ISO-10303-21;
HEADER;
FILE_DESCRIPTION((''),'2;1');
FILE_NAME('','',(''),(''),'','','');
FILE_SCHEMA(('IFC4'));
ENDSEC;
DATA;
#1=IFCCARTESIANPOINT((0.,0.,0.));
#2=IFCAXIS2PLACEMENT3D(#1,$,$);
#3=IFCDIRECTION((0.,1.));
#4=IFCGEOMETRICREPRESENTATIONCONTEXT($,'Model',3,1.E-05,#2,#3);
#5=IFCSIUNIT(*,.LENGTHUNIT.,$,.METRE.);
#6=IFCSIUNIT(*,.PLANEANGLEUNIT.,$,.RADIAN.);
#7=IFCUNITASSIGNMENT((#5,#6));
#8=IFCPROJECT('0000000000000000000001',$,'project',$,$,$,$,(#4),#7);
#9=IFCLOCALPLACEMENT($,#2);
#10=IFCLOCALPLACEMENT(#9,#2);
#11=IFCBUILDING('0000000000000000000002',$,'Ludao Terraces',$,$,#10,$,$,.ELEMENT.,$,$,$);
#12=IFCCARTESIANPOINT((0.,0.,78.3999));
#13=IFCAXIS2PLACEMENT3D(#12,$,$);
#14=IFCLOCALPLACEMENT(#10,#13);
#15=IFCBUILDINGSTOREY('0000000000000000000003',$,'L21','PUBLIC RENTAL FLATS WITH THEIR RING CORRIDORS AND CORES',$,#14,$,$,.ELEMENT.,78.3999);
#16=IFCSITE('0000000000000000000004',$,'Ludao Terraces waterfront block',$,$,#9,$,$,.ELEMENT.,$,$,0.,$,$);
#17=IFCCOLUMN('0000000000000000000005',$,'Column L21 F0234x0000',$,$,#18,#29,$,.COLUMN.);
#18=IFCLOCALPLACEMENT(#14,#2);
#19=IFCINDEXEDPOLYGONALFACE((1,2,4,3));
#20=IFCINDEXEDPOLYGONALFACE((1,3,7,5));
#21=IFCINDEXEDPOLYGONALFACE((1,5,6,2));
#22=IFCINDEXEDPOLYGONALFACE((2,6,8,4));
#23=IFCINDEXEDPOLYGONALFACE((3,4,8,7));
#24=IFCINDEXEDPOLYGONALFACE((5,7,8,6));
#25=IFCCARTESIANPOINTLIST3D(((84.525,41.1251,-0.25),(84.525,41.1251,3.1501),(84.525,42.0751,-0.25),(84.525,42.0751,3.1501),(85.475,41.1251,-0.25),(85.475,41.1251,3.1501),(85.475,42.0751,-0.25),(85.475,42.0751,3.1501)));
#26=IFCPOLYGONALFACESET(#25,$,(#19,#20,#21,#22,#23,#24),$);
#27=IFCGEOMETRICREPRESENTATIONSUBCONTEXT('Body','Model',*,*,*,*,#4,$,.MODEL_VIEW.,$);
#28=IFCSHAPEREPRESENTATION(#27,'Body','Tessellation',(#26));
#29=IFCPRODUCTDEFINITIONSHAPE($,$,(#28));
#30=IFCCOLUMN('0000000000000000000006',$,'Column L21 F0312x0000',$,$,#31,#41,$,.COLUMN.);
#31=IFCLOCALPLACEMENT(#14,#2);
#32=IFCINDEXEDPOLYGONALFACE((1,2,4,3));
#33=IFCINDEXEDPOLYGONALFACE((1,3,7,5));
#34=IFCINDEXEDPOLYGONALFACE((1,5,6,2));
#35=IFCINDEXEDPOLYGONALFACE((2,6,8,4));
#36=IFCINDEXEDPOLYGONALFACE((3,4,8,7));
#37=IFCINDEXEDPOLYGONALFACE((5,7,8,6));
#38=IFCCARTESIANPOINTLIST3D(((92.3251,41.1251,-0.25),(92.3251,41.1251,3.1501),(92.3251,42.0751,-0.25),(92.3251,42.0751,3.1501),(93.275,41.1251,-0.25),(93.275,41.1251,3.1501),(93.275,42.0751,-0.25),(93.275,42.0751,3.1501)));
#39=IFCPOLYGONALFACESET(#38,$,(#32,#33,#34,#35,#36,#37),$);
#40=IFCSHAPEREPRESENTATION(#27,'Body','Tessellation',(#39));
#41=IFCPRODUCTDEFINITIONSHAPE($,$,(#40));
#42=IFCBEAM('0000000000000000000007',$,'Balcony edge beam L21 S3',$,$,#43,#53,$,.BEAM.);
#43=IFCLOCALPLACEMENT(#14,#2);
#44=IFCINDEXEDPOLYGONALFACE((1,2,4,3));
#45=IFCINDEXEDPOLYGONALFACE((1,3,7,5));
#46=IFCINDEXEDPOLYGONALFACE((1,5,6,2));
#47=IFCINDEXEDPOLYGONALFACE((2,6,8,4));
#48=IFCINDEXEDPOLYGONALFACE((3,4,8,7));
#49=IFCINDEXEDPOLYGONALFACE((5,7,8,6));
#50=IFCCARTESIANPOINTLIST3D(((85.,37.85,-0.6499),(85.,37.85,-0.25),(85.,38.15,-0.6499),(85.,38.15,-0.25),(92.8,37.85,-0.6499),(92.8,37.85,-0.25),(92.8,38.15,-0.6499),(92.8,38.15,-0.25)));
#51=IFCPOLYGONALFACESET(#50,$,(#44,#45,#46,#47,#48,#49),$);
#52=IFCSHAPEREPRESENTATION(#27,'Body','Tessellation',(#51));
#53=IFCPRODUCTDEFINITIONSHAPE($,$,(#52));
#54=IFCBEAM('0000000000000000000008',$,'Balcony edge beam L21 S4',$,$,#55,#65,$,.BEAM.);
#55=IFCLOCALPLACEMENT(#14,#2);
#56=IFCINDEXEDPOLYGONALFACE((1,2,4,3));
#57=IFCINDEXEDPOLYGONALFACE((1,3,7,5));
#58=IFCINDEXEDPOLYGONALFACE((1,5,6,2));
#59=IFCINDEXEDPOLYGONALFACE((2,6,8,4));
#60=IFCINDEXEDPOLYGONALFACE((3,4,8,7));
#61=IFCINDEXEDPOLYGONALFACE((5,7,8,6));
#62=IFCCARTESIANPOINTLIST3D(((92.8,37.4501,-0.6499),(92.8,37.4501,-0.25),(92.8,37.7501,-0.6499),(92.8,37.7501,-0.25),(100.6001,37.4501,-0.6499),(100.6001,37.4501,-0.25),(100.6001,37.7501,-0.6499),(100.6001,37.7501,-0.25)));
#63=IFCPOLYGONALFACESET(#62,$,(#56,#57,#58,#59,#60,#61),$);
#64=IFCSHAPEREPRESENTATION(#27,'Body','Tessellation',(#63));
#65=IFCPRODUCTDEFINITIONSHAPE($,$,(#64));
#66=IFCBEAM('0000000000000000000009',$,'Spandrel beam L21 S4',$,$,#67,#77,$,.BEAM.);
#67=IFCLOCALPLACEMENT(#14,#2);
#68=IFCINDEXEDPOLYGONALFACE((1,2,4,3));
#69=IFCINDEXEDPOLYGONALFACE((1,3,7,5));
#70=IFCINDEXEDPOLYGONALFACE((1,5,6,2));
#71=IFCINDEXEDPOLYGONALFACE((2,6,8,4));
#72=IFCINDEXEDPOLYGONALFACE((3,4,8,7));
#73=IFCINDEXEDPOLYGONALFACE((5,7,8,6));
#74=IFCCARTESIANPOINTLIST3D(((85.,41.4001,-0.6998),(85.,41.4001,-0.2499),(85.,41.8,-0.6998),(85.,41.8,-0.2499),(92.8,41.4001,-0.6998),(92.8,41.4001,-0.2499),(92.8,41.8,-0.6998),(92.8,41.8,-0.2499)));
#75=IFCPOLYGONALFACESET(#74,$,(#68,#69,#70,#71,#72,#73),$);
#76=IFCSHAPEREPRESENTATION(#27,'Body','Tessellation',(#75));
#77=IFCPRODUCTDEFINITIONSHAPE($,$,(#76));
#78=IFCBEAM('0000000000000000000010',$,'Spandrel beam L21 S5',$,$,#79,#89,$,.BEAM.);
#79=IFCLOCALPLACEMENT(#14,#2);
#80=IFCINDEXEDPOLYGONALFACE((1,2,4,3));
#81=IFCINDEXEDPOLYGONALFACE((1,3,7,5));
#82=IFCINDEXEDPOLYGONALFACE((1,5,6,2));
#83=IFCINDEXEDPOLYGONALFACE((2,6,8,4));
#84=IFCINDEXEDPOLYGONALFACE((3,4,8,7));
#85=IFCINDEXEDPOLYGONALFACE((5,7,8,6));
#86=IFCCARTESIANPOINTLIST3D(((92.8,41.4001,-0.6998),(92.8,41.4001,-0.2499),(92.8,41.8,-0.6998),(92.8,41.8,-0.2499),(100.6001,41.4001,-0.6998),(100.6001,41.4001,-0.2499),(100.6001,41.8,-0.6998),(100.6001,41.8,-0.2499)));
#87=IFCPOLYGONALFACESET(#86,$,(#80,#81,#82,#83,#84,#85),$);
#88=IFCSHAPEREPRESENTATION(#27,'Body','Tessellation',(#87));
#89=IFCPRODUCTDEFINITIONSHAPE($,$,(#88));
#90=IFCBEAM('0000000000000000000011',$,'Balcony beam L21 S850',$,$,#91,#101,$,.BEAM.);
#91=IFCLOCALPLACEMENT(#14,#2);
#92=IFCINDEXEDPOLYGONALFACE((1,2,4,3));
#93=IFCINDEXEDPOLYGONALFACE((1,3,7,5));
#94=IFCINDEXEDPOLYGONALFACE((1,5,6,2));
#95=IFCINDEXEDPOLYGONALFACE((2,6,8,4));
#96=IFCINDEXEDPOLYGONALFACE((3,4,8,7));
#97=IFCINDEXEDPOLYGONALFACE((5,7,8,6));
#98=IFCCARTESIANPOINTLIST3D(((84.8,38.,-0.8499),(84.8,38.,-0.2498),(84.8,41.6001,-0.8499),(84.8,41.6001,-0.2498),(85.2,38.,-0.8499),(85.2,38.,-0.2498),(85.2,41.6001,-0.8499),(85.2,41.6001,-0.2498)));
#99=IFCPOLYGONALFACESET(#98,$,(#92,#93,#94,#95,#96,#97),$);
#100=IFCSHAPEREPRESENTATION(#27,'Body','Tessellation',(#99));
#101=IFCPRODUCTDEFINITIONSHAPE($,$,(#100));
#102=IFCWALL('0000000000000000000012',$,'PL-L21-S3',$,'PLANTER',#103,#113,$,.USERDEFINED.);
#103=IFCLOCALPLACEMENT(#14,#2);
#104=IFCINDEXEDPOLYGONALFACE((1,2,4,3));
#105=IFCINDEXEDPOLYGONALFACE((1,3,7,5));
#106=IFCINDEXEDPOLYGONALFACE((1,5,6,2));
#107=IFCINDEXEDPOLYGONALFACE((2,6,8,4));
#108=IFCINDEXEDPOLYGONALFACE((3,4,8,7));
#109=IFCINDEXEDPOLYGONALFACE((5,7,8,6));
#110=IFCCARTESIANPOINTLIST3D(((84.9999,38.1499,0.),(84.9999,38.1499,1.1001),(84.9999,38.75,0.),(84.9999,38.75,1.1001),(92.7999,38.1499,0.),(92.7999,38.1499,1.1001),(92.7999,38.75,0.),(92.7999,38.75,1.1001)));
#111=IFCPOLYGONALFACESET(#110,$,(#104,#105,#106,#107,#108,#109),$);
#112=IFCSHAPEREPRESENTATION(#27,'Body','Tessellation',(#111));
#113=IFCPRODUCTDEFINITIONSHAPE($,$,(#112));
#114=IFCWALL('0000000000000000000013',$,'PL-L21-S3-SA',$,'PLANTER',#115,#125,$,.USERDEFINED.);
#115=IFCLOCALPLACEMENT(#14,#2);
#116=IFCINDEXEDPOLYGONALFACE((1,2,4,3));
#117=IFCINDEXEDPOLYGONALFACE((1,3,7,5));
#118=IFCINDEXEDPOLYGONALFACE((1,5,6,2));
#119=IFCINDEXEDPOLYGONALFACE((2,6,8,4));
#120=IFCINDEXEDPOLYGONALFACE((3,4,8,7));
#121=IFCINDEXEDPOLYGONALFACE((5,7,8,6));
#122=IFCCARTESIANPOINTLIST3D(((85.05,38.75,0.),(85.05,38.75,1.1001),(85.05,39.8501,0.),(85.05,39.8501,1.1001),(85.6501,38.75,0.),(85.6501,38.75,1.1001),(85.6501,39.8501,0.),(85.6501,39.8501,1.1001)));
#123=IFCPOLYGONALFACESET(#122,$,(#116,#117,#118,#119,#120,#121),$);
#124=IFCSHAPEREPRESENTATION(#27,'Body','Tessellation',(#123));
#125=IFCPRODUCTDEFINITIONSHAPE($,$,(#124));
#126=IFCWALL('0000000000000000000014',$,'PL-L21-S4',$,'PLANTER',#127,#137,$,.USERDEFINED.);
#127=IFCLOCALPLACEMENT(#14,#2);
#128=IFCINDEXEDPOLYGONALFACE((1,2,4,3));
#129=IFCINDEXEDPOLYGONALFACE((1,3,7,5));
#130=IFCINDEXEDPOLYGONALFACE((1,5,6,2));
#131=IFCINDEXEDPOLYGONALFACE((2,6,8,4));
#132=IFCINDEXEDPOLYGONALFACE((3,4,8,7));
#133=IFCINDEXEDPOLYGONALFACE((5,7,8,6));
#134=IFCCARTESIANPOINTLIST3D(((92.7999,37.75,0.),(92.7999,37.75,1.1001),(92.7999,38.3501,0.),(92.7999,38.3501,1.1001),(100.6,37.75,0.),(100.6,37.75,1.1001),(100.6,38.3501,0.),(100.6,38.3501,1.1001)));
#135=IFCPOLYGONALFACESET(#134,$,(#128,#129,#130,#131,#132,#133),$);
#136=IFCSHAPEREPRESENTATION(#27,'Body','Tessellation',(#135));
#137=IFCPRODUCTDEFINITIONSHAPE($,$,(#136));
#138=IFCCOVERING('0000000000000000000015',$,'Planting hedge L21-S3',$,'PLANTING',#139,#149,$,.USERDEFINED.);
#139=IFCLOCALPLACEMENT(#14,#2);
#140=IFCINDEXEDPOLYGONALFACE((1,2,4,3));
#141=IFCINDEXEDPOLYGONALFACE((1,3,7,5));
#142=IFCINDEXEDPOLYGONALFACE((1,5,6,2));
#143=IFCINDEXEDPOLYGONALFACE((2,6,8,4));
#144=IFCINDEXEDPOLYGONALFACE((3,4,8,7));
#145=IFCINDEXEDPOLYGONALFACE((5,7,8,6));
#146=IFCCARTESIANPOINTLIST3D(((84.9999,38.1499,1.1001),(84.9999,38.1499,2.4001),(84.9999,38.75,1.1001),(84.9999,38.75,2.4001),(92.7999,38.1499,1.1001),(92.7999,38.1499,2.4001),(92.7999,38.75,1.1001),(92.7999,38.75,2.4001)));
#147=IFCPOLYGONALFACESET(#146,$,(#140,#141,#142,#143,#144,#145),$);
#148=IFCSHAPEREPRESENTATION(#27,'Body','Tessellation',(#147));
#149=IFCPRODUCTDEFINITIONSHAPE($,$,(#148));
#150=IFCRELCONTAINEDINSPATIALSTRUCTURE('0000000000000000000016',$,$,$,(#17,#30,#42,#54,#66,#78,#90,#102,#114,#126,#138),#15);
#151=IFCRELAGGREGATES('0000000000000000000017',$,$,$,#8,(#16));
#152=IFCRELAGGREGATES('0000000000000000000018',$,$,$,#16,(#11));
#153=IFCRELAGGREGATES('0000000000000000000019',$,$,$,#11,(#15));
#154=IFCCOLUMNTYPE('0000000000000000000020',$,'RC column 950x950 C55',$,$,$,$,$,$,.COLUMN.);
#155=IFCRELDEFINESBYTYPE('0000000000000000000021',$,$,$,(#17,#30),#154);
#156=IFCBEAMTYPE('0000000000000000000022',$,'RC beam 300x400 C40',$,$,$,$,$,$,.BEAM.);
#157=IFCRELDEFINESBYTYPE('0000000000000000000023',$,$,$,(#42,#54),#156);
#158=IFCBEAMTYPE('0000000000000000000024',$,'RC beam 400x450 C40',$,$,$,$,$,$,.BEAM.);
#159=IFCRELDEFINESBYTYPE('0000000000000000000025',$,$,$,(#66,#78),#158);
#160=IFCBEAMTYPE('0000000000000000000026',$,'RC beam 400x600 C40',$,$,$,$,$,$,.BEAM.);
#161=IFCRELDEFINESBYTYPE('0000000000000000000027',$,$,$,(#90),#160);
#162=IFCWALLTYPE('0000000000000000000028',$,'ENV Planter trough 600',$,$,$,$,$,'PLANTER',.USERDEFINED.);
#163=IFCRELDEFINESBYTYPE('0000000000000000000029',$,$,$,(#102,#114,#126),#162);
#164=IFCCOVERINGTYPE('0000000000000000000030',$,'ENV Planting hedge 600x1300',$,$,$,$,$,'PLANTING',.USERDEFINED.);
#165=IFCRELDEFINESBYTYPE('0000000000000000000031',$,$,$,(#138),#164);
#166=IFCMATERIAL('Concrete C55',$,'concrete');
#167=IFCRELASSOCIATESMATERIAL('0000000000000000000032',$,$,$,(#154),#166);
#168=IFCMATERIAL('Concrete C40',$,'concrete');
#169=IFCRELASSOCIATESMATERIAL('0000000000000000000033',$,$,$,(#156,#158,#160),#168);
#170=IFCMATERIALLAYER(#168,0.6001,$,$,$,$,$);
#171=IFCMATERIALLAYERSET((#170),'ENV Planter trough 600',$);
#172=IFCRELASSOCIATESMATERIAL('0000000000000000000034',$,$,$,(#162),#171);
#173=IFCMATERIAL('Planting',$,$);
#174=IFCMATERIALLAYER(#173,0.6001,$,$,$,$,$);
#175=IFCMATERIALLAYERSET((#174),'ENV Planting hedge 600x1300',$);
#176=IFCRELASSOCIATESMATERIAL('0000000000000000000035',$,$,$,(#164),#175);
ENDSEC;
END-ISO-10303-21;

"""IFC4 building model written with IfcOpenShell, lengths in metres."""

from ifc_helpers import new_model, si_unit, direction, frame, frame_2d, origin, origin_2d, place, context, subcontext, project, spatial, rectangle, extrude, material, layer, layer_set, material_profile, profile_set, type_object, element, save


model = new_model("IFC4")

# Units and contexts
model_context = context("Model", 3, precision=1e-05, world=origin(), true_north=direction((0.0, 1.0)))
body_context = subcontext(model_context, "Body", "Model", "MODEL_VIEW")
ifc_project = project(units=[si_unit("LENGTHUNIT", "METRE"), si_unit("PLANEANGLEUNIT", "RADIAN")], contexts=[model_context])

# Site, building, storey
site_placement = place(None, origin())
site = spatial("IfcSite", under=ifc_project, at=site_placement, Name="Ludao Terraces waterfront block", CompositionType="ELEMENT", RefElevation=0.0)
building_placement = place(site_placement, origin())
building = spatial("IfcBuilding", under=site, at=building_placement, Name="Ludao Terraces", CompositionType="ELEMENT")
storey_placement = place(building_placement, frame((0.0, 0.0, 78.3999)))
storey = spatial("IfcBuildingStorey", under=building, at=storey_placement, Name="L21", Description="PUBLIC RENTAL FLATS WITH THEIR RING CORRIDORS AND CORES", CompositionType="ELEMENT", Elevation=78.3999)

# Columns
ifc_material_1 = material(Name="Concrete C55", Category="concrete")
ifc_material_profile_1 = material_profile(ifc_material_1, rectangle(XDim=0.95, YDim=0.95, at=origin_2d()), Name="950 X 950")
ifc_profile_set_1 = profile_set([ifc_material_profile_1], Name="Concrete C55")
column_type = type_object("IfcColumnType", Name="RC column 950x950 C55", PredefinedType="COLUMN", material=ifc_profile_set_1)
for number, where, z_axis, x_axis, name in (
    (1, (85.0, 41.6001, -0.25), (0.0, 0.0, 1.0), (1.0, 0.0, 0.0), "Column L21 F0234x0000"),
    (2, (92.8, 41.6001, -0.25), (0.0, 0.0, 1.0), (1.0, 0.0, 0.0), "Column L21 F0312x0000"),
):
    element("IfcColumn", number, at=place(storey_placement, frame(where, z_axis=z_axis, x_axis=x_axis)), inside=storey, type_object=column_type, Name=name, PredefinedType="COLUMN", context=body_context, shape_type="SweptSolid", body=[
        extrude(rectangle(XDim=0.95, YDim=0.95, at=origin_2d()), origin(), (0.0, 0.0, 1.0), 3.4001),
    ])

# Beams
ifc_material_2 = material(Name="Concrete C40", Category="concrete")
ifc_material_profile_2 = material_profile(ifc_material_2, rectangle(XDim=0.3, YDim=0.3999, at=origin_2d()), Name="300 X 400")
ifc_profile_set_2 = profile_set([ifc_material_profile_2], Name="Concrete C40")
beam_type_1 = type_object("IfcBeamType", Name="RC beam 300x400 C40", PredefinedType="BEAM", material=ifc_profile_set_2)
for number, where, z_axis, x_axis, name in (
    (3, (85.0, 38.0, -0.45), (1.0, 0.0, 0.0), (0.0, 1.0, 0.0), "Balcony edge beam L21 S3"),
    (4, (92.8, 37.6001, -0.45), (1.0, 0.0, 0.0), (0.0, 1.0, 0.0), "Balcony edge beam L21 S4"),
):
    element("IfcBeam", number, at=place(storey_placement, frame(where, z_axis=z_axis, x_axis=x_axis)), inside=storey, type_object=beam_type_1, Name=name, PredefinedType="BEAM", context=body_context, shape_type="SweptSolid", body=[
        extrude(rectangle(XDim=0.3, YDim=0.3999, at=origin_2d()), origin(), (0.0, 0.0, 1.0), 7.8),
    ])
ifc_material_profile_3 = material_profile(ifc_material_2, rectangle(XDim=0.3999, YDim=0.45, at=origin_2d()), Name="400 X 450")
ifc_profile_set_3 = profile_set([ifc_material_profile_3], Name="Concrete C40")
beam_type_2 = type_object("IfcBeamType", Name="RC beam 400x450 C40", PredefinedType="BEAM", material=ifc_profile_set_3)
for number, where, z_axis, x_axis, name in (
    (5, (85.0, 41.6001, -0.4749), (1.0, 0.0, 0.0), (0.0, 1.0, 0.0), "Spandrel beam L21 S4"),
    (6, (92.8, 41.6001, -0.4749), (1.0, 0.0, 0.0), (0.0, 1.0, 0.0), "Spandrel beam L21 S5"),
):
    element("IfcBeam", number, at=place(storey_placement, frame(where, z_axis=z_axis, x_axis=x_axis)), inside=storey, type_object=beam_type_2, Name=name, PredefinedType="BEAM", context=body_context, shape_type="SweptSolid", body=[
        extrude(rectangle(XDim=0.3999, YDim=0.45, at=origin_2d()), origin(), (0.0, 0.0, 1.0), 7.8),
    ])
ifc_material_profile_4 = material_profile(ifc_material_2, rectangle(XDim=0.3999, YDim=0.6001, at=origin_2d()), Name="400 X 600")
ifc_profile_set_4 = profile_set([ifc_material_profile_4], Name="Concrete C40")
beam_type_3 = type_object("IfcBeamType", Name="RC beam 400x600 C40", PredefinedType="BEAM", material=ifc_profile_set_4)
beam_placement = place(storey_placement, frame((85.0, 41.6001, -0.5498), z_axis=(0.0, -1.0, 0.0), x_axis=(1.0, 0.0, 0.0)))
element("IfcBeam", 7, at=beam_placement, inside=storey, type_object=beam_type_3, Name="Balcony beam L21 S850", PredefinedType="BEAM", context=body_context, shape_type="SweptSolid", body=[
    extrude(rectangle(XDim=0.3999, YDim=0.6001, at=origin_2d()), origin(), (0.0, 0.0, 1.0), 3.6001),
])

# Walls
ifc_layer_1 = layer(ifc_material_2, 0.6001)
ifc_layer_set_1 = layer_set([ifc_layer_1], Name="ENV Planter trough 600")
wall_type = type_object("IfcWallType", Name="ENV Planter trough 600", ElementType="PLANTER", PredefinedType="USERDEFINED", material=ifc_layer_set_1)
wall_1_placement = place(storey_placement, frame((85.0, 38.45, 0.0), z_axis=(0.0, 0.0, 1.0), x_axis=(1.0, 0.0, 0.0)))
element("IfcWall", 8, at=wall_1_placement, inside=storey, type_object=wall_type, Name="PL-L21-S3", ObjectType="PLANTER", PredefinedType="USERDEFINED", context=body_context, shape_type="SweptSolid", body=[
    extrude(rectangle(XDim=7.8, YDim=0.6001, at=frame_2d((3.8999, 0.0))), origin(), (0.0, 0.0, 1.0), 1.1001),
])
wall_2_placement = place(storey_placement, frame((85.3501, 38.75, 0.0), z_axis=(0.0, 0.0, 1.0), x_axis=(0.0, 1.0, 0.0)))
element("IfcWall", 9, at=wall_2_placement, inside=storey, type_object=wall_type, Name="PL-L21-S3-SA", ObjectType="PLANTER", PredefinedType="USERDEFINED", context=body_context, shape_type="SweptSolid", body=[
    extrude(rectangle(XDim=1.1001, YDim=0.6001, at=frame_2d((0.55, 0.0))), origin(), (0.0, 0.0, 1.0), 1.1001),
])
wall_3_placement = place(storey_placement, frame((92.8, 38.05, 0.0), z_axis=(0.0, 0.0, 1.0), x_axis=(1.0, 0.0, 0.0)))
element("IfcWall", 10, at=wall_3_placement, inside=storey, type_object=wall_type, Name="PL-L21-S4", ObjectType="PLANTER", PredefinedType="USERDEFINED", context=body_context, shape_type="SweptSolid", body=[
    extrude(rectangle(XDim=7.8, YDim=0.6001, at=frame_2d((3.8999, 0.0))), origin(), (0.0, 0.0, 1.0), 1.1001),
])

# Covering
ifc_material_3 = material(Name="Planting")
ifc_layer_2 = layer(ifc_material_3, 0.6001)
ifc_layer_set_2 = layer_set([ifc_layer_2], Name="ENV Planting hedge 600x1300")
covering_type = type_object("IfcCoveringType", Name="ENV Planting hedge 600x1300", ElementType="PLANTING", PredefinedType="USERDEFINED", material=ifc_layer_set_2)
covering_placement = place(storey_placement, frame((88.8999, 38.45, 1.1001), z_axis=(0.0, 0.0, 1.0), x_axis=(1.0, 0.0, 0.0)))
element("IfcCovering", 11, at=covering_placement, inside=storey, type_object=covering_type, Name="Planting hedge L21-S3", ObjectType="PLANTING", PredefinedType="USERDEFINED", context=body_context, shape_type="SweptSolid", body=[
    extrude(rectangle(XDim=7.8, YDim=0.6001, at=origin_2d()), origin(), (0.0, 0.0, 1.0), 1.3),
])

save(model, "model.ifc")
